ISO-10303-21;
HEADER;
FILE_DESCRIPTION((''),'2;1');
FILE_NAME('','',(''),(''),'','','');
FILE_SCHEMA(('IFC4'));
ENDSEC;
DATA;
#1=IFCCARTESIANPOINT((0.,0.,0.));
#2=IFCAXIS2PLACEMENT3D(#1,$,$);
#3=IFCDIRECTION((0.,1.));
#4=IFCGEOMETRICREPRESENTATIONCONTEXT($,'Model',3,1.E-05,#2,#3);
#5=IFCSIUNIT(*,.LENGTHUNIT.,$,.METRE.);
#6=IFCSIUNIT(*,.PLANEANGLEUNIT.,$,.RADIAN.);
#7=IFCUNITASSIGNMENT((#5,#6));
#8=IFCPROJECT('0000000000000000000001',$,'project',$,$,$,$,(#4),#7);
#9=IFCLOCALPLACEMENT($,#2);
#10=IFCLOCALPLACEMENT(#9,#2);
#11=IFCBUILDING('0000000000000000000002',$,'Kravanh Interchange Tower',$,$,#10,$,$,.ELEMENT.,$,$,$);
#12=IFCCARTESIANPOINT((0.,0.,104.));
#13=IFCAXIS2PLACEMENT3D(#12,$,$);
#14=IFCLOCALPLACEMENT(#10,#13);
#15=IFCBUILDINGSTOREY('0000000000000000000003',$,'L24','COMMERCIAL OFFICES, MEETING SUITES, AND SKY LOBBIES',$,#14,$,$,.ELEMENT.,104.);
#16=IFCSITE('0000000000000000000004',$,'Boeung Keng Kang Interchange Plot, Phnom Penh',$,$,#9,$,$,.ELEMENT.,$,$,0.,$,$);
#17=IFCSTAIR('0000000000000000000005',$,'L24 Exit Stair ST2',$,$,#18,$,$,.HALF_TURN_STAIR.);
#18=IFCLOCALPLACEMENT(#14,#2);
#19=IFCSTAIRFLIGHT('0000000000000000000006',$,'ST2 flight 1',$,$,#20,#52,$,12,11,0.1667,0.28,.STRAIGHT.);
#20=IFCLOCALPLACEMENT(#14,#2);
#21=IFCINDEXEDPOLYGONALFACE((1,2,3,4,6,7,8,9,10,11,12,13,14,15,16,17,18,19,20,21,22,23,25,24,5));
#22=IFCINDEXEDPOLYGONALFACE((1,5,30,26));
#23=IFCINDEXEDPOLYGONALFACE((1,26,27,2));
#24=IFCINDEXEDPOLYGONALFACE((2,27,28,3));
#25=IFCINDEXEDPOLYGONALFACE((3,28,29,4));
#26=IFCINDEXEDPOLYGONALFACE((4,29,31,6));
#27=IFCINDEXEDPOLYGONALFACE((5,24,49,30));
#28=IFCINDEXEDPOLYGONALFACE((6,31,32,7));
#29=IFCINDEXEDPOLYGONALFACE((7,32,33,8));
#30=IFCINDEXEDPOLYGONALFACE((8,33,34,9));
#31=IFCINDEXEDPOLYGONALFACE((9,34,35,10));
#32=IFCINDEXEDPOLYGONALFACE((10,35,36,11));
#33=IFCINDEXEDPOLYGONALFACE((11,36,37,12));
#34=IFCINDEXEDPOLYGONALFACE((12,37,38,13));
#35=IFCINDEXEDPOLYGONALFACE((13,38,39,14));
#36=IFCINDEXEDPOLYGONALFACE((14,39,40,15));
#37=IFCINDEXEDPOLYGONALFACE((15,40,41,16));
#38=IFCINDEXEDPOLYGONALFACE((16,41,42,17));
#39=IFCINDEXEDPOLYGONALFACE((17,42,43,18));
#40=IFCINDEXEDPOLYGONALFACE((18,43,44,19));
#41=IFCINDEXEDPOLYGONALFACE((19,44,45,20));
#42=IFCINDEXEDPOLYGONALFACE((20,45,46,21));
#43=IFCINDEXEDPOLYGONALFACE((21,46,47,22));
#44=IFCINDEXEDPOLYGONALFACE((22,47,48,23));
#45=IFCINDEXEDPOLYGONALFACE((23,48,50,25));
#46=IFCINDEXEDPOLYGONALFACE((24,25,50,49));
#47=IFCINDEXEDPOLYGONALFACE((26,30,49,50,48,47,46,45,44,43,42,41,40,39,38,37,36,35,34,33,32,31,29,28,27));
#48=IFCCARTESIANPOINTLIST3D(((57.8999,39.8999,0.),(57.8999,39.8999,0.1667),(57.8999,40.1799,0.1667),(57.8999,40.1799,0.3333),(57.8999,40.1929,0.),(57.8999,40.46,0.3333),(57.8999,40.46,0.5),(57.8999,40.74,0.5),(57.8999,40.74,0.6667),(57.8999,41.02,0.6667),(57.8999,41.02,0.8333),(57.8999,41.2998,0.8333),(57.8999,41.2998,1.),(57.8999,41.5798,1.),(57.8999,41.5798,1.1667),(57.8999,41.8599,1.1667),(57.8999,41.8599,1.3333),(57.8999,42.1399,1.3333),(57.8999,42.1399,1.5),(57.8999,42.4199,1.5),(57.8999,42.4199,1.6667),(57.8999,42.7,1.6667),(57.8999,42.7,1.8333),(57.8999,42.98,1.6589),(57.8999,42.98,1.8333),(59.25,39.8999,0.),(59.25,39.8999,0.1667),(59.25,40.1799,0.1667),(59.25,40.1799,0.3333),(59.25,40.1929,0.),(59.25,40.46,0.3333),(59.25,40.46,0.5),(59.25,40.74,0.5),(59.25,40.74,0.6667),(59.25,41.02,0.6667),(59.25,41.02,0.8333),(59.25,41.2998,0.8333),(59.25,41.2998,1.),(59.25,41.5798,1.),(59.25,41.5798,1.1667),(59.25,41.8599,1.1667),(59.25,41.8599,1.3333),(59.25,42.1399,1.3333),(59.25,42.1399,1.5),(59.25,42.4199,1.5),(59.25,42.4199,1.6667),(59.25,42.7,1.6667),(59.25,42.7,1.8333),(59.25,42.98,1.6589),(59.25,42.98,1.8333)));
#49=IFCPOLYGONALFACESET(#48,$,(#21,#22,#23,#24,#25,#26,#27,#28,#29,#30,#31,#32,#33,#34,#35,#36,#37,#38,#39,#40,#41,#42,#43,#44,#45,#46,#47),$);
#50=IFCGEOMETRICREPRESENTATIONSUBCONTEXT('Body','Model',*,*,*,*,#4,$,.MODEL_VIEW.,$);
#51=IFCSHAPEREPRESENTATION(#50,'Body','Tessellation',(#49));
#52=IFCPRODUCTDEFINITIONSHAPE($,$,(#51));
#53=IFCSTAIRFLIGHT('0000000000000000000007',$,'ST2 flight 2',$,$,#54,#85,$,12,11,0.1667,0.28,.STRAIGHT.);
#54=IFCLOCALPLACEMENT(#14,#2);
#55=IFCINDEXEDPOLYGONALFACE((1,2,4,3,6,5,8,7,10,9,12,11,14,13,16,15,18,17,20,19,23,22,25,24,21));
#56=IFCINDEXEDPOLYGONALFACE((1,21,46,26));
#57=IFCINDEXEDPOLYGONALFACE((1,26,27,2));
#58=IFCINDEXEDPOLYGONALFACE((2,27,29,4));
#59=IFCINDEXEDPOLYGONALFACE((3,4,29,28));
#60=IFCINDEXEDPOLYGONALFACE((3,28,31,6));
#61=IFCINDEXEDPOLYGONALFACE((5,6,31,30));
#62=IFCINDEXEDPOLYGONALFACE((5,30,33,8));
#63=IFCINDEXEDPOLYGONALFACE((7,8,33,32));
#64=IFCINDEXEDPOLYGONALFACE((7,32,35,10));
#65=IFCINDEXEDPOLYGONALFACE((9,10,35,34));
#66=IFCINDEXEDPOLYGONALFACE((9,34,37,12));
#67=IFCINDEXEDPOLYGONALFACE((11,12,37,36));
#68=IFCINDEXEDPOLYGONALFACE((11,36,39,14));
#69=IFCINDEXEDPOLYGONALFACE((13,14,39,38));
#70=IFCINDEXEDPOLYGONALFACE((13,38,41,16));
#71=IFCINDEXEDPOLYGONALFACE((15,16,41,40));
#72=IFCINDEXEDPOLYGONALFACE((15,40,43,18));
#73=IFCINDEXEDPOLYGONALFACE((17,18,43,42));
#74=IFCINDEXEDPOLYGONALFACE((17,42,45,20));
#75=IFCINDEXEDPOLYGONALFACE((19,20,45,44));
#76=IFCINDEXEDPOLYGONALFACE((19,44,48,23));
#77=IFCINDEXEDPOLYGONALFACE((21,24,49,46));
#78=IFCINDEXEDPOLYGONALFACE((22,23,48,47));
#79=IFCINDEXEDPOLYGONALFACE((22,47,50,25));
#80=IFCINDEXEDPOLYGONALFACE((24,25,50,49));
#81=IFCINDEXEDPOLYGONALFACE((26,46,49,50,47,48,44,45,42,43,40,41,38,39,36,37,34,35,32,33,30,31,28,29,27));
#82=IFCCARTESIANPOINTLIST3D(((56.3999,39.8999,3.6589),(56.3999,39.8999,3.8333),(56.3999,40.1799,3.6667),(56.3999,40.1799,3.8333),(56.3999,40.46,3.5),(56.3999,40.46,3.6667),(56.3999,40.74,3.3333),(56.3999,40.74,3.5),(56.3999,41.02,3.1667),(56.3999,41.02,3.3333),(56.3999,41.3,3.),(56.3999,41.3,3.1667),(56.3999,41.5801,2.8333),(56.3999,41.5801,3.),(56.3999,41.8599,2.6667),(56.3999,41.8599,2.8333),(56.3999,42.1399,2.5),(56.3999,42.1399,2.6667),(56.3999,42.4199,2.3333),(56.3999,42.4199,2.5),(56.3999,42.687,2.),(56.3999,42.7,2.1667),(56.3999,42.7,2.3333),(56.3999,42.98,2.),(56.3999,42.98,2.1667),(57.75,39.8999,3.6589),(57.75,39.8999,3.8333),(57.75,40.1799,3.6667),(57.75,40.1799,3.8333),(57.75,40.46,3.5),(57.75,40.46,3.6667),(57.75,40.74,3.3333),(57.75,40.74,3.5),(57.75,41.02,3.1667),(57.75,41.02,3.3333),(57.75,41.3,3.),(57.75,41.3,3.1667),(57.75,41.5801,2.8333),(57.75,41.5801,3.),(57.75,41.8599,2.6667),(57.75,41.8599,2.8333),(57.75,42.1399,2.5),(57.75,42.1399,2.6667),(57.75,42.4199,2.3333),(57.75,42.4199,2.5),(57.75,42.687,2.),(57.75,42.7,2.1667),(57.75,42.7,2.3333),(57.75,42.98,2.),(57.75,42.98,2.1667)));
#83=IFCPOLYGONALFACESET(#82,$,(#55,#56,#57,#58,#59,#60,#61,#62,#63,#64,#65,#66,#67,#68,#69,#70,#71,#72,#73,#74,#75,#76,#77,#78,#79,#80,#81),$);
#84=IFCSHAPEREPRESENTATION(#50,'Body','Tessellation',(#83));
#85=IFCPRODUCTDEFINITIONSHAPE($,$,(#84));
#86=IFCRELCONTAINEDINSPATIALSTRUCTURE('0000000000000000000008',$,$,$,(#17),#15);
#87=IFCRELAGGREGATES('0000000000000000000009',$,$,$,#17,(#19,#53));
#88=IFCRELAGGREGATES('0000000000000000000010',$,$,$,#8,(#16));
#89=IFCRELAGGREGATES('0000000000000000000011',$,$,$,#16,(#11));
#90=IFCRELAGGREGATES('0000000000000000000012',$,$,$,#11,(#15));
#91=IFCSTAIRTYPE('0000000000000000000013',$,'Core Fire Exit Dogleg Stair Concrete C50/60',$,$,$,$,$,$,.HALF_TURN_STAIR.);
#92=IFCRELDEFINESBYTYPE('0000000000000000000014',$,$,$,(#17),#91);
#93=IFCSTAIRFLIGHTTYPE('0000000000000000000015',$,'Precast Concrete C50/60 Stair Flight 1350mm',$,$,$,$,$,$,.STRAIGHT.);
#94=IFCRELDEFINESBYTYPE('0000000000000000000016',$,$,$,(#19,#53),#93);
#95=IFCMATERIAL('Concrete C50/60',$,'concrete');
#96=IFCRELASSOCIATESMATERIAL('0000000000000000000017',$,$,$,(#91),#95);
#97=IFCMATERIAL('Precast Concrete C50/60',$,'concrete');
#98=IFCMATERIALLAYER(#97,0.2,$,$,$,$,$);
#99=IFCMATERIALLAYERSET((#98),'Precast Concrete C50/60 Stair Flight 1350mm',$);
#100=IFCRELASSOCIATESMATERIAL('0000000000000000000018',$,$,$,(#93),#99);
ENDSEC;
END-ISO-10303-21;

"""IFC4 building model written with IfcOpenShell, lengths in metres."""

from ifc_helpers import new_model, si_unit, direction, frame, origin, place, context, subcontext, project, spatial, polyline, outline, extrude, material, layer, layer_set, type_object, element, aggregate, save


model = new_model("IFC4")

# Units and contexts
model_context = context("Model", 3, precision=1e-05, world=origin(), true_north=direction((0.0, 1.0)))
body_context = subcontext(model_context, "Body", "Model", "MODEL_VIEW")
ifc_project = project(units=[si_unit("LENGTHUNIT", "METRE"), si_unit("PLANEANGLEUNIT", "RADIAN")], contexts=[model_context])

# Site, building, storey
site_placement = place(None, origin())
site = spatial("IfcSite", under=ifc_project, at=site_placement, Name="Boeung Keng Kang Interchange Plot, Phnom Penh", CompositionType="ELEMENT", RefElevation=0.0)
building_placement = place(site_placement, origin())
building = spatial("IfcBuilding", under=site, at=building_placement, Name="Kravanh Interchange Tower", CompositionType="ELEMENT")
storey_placement = place(building_placement, frame((0.0, 0.0, 104.0)))
storey = spatial("IfcBuildingStorey", under=building, at=storey_placement, Name="L24", Description="COMMERCIAL OFFICES, MEETING SUITES, AND SKY LOBBIES", CompositionType="ELEMENT", Elevation=104.0)

# Stair, stair flights
ifc_material_1 = material(Name="Concrete C50/60", Category="concrete")
stair_type = type_object("IfcStairType", Name="Core Fire Exit Dogleg Stair Concrete C50/60", PredefinedType="HALF_TURN_STAIR", material=ifc_material_1)
ifc_material_2 = material(Name="Precast Concrete C50/60", Category="concrete")
ifc_layer_1 = layer(ifc_material_2, 0.2)
ifc_layer_set_1 = layer_set([ifc_layer_1], Name="Precast Concrete C50/60 Stair Flight 1350mm")
stair_flight_type = type_object("IfcStairFlightType", Name="Precast Concrete C50/60 Stair Flight 1350mm", PredefinedType="STRAIGHT", material=ifc_layer_set_1)
stair_1_placement = place(storey_placement, origin())
stair_1 = element("IfcStair", 1, at=stair_1_placement, inside=storey, type_object=stair_type, Name="L24 Exit Stair ST2", PredefinedType="HALF_TURN_STAIR")
stair_flight_1_placement = place(storey_placement, frame((58.575, 39.8999, 0.0), z_axis=(0.0, 0.0, 1.0), x_axis=(0.0, 1.0, 0.0)))
stair_flight_1 = element("IfcStairFlight", 2, at=stair_flight_1_placement, type_object=stair_flight_type, Name="ST2 flight 1", NumberOfRisers=12, NumberOfTreads=11, PredefinedType="STRAIGHT", RiserHeight=0.1667, TreadLength=0.28, context=body_context, shape_type="SweptSolid", body=[
    extrude(outline(polyline([(0.0, 0.0), (0.0, 0.1667), (0.28, 0.1667), (0.28, 0.3333), (0.5601, 0.3333), (0.5601, 0.5), (0.8401, 0.5), (0.8401, 0.6667), (1.1201, 0.6667), (1.1201, 0.8333), (1.3999, 0.8333), (1.3999, 1.0), (1.6799, 1.0), (1.6799, 1.1667), (1.96, 1.1667), (1.96, 1.3333), (2.24, 1.3333), (2.24, 1.5), (2.52, 1.5), (2.52, 1.6667), (2.8, 1.6667), (2.8, 1.8333), (3.0801, 1.8333), (3.0801, 2.0), (3.0801, 1.6589), (0.293, 0.0), (0.0, 0.0)])), frame((0.0, 0.675, 0.0), z_axis=(0.0, -1.0, 0.0), x_axis=(1.0, 0.0, 0.0)), (0.0, 0.0, 1.0), 1.3501),
])
stair_flight_2_placement = place(storey_placement, frame((57.075, 42.98, 2.0), z_axis=(0.0, 0.0, 1.0), x_axis=(0.0, -1.0, 0.0)))
stair_flight_2 = element("IfcStairFlight", 3, at=stair_flight_2_placement, type_object=stair_flight_type, Name="ST2 flight 2", NumberOfRisers=12, NumberOfTreads=11, PredefinedType="STRAIGHT", RiserHeight=0.1667, TreadLength=0.28, context=body_context, shape_type="SweptSolid", body=[
    extrude(outline(polyline([(0.0, 0.0), (0.0, 0.1667), (0.28, 0.1667), (0.28, 0.3333), (0.5601, 0.3333), (0.5601, 0.5), (0.8401, 0.5), (0.8401, 0.6667), (1.1201, 0.6667), (1.1201, 0.8333), (1.3999, 0.8333), (1.3999, 1.0), (1.6799, 1.0), (1.6799, 1.1667), (1.96, 1.1667), (1.96, 1.3333), (2.24, 1.3333), (2.24, 1.5), (2.52, 1.5), (2.52, 1.6667), (2.8, 1.6667), (2.8, 1.8333), (3.0801, 1.8333), (3.0801, 2.0), (3.0801, 1.6589), (0.293, 0.0), (0.0, 0.0)])), frame((0.0, 0.675, 0.0), z_axis=(0.0, -1.0, 0.0), x_axis=(1.0, 0.0, 0.0)), (0.0, 0.0, 1.0), 1.3501),
])
aggregate(stair_1, [stair_flight_1, stair_flight_2])

save(model, "model.ifc")
